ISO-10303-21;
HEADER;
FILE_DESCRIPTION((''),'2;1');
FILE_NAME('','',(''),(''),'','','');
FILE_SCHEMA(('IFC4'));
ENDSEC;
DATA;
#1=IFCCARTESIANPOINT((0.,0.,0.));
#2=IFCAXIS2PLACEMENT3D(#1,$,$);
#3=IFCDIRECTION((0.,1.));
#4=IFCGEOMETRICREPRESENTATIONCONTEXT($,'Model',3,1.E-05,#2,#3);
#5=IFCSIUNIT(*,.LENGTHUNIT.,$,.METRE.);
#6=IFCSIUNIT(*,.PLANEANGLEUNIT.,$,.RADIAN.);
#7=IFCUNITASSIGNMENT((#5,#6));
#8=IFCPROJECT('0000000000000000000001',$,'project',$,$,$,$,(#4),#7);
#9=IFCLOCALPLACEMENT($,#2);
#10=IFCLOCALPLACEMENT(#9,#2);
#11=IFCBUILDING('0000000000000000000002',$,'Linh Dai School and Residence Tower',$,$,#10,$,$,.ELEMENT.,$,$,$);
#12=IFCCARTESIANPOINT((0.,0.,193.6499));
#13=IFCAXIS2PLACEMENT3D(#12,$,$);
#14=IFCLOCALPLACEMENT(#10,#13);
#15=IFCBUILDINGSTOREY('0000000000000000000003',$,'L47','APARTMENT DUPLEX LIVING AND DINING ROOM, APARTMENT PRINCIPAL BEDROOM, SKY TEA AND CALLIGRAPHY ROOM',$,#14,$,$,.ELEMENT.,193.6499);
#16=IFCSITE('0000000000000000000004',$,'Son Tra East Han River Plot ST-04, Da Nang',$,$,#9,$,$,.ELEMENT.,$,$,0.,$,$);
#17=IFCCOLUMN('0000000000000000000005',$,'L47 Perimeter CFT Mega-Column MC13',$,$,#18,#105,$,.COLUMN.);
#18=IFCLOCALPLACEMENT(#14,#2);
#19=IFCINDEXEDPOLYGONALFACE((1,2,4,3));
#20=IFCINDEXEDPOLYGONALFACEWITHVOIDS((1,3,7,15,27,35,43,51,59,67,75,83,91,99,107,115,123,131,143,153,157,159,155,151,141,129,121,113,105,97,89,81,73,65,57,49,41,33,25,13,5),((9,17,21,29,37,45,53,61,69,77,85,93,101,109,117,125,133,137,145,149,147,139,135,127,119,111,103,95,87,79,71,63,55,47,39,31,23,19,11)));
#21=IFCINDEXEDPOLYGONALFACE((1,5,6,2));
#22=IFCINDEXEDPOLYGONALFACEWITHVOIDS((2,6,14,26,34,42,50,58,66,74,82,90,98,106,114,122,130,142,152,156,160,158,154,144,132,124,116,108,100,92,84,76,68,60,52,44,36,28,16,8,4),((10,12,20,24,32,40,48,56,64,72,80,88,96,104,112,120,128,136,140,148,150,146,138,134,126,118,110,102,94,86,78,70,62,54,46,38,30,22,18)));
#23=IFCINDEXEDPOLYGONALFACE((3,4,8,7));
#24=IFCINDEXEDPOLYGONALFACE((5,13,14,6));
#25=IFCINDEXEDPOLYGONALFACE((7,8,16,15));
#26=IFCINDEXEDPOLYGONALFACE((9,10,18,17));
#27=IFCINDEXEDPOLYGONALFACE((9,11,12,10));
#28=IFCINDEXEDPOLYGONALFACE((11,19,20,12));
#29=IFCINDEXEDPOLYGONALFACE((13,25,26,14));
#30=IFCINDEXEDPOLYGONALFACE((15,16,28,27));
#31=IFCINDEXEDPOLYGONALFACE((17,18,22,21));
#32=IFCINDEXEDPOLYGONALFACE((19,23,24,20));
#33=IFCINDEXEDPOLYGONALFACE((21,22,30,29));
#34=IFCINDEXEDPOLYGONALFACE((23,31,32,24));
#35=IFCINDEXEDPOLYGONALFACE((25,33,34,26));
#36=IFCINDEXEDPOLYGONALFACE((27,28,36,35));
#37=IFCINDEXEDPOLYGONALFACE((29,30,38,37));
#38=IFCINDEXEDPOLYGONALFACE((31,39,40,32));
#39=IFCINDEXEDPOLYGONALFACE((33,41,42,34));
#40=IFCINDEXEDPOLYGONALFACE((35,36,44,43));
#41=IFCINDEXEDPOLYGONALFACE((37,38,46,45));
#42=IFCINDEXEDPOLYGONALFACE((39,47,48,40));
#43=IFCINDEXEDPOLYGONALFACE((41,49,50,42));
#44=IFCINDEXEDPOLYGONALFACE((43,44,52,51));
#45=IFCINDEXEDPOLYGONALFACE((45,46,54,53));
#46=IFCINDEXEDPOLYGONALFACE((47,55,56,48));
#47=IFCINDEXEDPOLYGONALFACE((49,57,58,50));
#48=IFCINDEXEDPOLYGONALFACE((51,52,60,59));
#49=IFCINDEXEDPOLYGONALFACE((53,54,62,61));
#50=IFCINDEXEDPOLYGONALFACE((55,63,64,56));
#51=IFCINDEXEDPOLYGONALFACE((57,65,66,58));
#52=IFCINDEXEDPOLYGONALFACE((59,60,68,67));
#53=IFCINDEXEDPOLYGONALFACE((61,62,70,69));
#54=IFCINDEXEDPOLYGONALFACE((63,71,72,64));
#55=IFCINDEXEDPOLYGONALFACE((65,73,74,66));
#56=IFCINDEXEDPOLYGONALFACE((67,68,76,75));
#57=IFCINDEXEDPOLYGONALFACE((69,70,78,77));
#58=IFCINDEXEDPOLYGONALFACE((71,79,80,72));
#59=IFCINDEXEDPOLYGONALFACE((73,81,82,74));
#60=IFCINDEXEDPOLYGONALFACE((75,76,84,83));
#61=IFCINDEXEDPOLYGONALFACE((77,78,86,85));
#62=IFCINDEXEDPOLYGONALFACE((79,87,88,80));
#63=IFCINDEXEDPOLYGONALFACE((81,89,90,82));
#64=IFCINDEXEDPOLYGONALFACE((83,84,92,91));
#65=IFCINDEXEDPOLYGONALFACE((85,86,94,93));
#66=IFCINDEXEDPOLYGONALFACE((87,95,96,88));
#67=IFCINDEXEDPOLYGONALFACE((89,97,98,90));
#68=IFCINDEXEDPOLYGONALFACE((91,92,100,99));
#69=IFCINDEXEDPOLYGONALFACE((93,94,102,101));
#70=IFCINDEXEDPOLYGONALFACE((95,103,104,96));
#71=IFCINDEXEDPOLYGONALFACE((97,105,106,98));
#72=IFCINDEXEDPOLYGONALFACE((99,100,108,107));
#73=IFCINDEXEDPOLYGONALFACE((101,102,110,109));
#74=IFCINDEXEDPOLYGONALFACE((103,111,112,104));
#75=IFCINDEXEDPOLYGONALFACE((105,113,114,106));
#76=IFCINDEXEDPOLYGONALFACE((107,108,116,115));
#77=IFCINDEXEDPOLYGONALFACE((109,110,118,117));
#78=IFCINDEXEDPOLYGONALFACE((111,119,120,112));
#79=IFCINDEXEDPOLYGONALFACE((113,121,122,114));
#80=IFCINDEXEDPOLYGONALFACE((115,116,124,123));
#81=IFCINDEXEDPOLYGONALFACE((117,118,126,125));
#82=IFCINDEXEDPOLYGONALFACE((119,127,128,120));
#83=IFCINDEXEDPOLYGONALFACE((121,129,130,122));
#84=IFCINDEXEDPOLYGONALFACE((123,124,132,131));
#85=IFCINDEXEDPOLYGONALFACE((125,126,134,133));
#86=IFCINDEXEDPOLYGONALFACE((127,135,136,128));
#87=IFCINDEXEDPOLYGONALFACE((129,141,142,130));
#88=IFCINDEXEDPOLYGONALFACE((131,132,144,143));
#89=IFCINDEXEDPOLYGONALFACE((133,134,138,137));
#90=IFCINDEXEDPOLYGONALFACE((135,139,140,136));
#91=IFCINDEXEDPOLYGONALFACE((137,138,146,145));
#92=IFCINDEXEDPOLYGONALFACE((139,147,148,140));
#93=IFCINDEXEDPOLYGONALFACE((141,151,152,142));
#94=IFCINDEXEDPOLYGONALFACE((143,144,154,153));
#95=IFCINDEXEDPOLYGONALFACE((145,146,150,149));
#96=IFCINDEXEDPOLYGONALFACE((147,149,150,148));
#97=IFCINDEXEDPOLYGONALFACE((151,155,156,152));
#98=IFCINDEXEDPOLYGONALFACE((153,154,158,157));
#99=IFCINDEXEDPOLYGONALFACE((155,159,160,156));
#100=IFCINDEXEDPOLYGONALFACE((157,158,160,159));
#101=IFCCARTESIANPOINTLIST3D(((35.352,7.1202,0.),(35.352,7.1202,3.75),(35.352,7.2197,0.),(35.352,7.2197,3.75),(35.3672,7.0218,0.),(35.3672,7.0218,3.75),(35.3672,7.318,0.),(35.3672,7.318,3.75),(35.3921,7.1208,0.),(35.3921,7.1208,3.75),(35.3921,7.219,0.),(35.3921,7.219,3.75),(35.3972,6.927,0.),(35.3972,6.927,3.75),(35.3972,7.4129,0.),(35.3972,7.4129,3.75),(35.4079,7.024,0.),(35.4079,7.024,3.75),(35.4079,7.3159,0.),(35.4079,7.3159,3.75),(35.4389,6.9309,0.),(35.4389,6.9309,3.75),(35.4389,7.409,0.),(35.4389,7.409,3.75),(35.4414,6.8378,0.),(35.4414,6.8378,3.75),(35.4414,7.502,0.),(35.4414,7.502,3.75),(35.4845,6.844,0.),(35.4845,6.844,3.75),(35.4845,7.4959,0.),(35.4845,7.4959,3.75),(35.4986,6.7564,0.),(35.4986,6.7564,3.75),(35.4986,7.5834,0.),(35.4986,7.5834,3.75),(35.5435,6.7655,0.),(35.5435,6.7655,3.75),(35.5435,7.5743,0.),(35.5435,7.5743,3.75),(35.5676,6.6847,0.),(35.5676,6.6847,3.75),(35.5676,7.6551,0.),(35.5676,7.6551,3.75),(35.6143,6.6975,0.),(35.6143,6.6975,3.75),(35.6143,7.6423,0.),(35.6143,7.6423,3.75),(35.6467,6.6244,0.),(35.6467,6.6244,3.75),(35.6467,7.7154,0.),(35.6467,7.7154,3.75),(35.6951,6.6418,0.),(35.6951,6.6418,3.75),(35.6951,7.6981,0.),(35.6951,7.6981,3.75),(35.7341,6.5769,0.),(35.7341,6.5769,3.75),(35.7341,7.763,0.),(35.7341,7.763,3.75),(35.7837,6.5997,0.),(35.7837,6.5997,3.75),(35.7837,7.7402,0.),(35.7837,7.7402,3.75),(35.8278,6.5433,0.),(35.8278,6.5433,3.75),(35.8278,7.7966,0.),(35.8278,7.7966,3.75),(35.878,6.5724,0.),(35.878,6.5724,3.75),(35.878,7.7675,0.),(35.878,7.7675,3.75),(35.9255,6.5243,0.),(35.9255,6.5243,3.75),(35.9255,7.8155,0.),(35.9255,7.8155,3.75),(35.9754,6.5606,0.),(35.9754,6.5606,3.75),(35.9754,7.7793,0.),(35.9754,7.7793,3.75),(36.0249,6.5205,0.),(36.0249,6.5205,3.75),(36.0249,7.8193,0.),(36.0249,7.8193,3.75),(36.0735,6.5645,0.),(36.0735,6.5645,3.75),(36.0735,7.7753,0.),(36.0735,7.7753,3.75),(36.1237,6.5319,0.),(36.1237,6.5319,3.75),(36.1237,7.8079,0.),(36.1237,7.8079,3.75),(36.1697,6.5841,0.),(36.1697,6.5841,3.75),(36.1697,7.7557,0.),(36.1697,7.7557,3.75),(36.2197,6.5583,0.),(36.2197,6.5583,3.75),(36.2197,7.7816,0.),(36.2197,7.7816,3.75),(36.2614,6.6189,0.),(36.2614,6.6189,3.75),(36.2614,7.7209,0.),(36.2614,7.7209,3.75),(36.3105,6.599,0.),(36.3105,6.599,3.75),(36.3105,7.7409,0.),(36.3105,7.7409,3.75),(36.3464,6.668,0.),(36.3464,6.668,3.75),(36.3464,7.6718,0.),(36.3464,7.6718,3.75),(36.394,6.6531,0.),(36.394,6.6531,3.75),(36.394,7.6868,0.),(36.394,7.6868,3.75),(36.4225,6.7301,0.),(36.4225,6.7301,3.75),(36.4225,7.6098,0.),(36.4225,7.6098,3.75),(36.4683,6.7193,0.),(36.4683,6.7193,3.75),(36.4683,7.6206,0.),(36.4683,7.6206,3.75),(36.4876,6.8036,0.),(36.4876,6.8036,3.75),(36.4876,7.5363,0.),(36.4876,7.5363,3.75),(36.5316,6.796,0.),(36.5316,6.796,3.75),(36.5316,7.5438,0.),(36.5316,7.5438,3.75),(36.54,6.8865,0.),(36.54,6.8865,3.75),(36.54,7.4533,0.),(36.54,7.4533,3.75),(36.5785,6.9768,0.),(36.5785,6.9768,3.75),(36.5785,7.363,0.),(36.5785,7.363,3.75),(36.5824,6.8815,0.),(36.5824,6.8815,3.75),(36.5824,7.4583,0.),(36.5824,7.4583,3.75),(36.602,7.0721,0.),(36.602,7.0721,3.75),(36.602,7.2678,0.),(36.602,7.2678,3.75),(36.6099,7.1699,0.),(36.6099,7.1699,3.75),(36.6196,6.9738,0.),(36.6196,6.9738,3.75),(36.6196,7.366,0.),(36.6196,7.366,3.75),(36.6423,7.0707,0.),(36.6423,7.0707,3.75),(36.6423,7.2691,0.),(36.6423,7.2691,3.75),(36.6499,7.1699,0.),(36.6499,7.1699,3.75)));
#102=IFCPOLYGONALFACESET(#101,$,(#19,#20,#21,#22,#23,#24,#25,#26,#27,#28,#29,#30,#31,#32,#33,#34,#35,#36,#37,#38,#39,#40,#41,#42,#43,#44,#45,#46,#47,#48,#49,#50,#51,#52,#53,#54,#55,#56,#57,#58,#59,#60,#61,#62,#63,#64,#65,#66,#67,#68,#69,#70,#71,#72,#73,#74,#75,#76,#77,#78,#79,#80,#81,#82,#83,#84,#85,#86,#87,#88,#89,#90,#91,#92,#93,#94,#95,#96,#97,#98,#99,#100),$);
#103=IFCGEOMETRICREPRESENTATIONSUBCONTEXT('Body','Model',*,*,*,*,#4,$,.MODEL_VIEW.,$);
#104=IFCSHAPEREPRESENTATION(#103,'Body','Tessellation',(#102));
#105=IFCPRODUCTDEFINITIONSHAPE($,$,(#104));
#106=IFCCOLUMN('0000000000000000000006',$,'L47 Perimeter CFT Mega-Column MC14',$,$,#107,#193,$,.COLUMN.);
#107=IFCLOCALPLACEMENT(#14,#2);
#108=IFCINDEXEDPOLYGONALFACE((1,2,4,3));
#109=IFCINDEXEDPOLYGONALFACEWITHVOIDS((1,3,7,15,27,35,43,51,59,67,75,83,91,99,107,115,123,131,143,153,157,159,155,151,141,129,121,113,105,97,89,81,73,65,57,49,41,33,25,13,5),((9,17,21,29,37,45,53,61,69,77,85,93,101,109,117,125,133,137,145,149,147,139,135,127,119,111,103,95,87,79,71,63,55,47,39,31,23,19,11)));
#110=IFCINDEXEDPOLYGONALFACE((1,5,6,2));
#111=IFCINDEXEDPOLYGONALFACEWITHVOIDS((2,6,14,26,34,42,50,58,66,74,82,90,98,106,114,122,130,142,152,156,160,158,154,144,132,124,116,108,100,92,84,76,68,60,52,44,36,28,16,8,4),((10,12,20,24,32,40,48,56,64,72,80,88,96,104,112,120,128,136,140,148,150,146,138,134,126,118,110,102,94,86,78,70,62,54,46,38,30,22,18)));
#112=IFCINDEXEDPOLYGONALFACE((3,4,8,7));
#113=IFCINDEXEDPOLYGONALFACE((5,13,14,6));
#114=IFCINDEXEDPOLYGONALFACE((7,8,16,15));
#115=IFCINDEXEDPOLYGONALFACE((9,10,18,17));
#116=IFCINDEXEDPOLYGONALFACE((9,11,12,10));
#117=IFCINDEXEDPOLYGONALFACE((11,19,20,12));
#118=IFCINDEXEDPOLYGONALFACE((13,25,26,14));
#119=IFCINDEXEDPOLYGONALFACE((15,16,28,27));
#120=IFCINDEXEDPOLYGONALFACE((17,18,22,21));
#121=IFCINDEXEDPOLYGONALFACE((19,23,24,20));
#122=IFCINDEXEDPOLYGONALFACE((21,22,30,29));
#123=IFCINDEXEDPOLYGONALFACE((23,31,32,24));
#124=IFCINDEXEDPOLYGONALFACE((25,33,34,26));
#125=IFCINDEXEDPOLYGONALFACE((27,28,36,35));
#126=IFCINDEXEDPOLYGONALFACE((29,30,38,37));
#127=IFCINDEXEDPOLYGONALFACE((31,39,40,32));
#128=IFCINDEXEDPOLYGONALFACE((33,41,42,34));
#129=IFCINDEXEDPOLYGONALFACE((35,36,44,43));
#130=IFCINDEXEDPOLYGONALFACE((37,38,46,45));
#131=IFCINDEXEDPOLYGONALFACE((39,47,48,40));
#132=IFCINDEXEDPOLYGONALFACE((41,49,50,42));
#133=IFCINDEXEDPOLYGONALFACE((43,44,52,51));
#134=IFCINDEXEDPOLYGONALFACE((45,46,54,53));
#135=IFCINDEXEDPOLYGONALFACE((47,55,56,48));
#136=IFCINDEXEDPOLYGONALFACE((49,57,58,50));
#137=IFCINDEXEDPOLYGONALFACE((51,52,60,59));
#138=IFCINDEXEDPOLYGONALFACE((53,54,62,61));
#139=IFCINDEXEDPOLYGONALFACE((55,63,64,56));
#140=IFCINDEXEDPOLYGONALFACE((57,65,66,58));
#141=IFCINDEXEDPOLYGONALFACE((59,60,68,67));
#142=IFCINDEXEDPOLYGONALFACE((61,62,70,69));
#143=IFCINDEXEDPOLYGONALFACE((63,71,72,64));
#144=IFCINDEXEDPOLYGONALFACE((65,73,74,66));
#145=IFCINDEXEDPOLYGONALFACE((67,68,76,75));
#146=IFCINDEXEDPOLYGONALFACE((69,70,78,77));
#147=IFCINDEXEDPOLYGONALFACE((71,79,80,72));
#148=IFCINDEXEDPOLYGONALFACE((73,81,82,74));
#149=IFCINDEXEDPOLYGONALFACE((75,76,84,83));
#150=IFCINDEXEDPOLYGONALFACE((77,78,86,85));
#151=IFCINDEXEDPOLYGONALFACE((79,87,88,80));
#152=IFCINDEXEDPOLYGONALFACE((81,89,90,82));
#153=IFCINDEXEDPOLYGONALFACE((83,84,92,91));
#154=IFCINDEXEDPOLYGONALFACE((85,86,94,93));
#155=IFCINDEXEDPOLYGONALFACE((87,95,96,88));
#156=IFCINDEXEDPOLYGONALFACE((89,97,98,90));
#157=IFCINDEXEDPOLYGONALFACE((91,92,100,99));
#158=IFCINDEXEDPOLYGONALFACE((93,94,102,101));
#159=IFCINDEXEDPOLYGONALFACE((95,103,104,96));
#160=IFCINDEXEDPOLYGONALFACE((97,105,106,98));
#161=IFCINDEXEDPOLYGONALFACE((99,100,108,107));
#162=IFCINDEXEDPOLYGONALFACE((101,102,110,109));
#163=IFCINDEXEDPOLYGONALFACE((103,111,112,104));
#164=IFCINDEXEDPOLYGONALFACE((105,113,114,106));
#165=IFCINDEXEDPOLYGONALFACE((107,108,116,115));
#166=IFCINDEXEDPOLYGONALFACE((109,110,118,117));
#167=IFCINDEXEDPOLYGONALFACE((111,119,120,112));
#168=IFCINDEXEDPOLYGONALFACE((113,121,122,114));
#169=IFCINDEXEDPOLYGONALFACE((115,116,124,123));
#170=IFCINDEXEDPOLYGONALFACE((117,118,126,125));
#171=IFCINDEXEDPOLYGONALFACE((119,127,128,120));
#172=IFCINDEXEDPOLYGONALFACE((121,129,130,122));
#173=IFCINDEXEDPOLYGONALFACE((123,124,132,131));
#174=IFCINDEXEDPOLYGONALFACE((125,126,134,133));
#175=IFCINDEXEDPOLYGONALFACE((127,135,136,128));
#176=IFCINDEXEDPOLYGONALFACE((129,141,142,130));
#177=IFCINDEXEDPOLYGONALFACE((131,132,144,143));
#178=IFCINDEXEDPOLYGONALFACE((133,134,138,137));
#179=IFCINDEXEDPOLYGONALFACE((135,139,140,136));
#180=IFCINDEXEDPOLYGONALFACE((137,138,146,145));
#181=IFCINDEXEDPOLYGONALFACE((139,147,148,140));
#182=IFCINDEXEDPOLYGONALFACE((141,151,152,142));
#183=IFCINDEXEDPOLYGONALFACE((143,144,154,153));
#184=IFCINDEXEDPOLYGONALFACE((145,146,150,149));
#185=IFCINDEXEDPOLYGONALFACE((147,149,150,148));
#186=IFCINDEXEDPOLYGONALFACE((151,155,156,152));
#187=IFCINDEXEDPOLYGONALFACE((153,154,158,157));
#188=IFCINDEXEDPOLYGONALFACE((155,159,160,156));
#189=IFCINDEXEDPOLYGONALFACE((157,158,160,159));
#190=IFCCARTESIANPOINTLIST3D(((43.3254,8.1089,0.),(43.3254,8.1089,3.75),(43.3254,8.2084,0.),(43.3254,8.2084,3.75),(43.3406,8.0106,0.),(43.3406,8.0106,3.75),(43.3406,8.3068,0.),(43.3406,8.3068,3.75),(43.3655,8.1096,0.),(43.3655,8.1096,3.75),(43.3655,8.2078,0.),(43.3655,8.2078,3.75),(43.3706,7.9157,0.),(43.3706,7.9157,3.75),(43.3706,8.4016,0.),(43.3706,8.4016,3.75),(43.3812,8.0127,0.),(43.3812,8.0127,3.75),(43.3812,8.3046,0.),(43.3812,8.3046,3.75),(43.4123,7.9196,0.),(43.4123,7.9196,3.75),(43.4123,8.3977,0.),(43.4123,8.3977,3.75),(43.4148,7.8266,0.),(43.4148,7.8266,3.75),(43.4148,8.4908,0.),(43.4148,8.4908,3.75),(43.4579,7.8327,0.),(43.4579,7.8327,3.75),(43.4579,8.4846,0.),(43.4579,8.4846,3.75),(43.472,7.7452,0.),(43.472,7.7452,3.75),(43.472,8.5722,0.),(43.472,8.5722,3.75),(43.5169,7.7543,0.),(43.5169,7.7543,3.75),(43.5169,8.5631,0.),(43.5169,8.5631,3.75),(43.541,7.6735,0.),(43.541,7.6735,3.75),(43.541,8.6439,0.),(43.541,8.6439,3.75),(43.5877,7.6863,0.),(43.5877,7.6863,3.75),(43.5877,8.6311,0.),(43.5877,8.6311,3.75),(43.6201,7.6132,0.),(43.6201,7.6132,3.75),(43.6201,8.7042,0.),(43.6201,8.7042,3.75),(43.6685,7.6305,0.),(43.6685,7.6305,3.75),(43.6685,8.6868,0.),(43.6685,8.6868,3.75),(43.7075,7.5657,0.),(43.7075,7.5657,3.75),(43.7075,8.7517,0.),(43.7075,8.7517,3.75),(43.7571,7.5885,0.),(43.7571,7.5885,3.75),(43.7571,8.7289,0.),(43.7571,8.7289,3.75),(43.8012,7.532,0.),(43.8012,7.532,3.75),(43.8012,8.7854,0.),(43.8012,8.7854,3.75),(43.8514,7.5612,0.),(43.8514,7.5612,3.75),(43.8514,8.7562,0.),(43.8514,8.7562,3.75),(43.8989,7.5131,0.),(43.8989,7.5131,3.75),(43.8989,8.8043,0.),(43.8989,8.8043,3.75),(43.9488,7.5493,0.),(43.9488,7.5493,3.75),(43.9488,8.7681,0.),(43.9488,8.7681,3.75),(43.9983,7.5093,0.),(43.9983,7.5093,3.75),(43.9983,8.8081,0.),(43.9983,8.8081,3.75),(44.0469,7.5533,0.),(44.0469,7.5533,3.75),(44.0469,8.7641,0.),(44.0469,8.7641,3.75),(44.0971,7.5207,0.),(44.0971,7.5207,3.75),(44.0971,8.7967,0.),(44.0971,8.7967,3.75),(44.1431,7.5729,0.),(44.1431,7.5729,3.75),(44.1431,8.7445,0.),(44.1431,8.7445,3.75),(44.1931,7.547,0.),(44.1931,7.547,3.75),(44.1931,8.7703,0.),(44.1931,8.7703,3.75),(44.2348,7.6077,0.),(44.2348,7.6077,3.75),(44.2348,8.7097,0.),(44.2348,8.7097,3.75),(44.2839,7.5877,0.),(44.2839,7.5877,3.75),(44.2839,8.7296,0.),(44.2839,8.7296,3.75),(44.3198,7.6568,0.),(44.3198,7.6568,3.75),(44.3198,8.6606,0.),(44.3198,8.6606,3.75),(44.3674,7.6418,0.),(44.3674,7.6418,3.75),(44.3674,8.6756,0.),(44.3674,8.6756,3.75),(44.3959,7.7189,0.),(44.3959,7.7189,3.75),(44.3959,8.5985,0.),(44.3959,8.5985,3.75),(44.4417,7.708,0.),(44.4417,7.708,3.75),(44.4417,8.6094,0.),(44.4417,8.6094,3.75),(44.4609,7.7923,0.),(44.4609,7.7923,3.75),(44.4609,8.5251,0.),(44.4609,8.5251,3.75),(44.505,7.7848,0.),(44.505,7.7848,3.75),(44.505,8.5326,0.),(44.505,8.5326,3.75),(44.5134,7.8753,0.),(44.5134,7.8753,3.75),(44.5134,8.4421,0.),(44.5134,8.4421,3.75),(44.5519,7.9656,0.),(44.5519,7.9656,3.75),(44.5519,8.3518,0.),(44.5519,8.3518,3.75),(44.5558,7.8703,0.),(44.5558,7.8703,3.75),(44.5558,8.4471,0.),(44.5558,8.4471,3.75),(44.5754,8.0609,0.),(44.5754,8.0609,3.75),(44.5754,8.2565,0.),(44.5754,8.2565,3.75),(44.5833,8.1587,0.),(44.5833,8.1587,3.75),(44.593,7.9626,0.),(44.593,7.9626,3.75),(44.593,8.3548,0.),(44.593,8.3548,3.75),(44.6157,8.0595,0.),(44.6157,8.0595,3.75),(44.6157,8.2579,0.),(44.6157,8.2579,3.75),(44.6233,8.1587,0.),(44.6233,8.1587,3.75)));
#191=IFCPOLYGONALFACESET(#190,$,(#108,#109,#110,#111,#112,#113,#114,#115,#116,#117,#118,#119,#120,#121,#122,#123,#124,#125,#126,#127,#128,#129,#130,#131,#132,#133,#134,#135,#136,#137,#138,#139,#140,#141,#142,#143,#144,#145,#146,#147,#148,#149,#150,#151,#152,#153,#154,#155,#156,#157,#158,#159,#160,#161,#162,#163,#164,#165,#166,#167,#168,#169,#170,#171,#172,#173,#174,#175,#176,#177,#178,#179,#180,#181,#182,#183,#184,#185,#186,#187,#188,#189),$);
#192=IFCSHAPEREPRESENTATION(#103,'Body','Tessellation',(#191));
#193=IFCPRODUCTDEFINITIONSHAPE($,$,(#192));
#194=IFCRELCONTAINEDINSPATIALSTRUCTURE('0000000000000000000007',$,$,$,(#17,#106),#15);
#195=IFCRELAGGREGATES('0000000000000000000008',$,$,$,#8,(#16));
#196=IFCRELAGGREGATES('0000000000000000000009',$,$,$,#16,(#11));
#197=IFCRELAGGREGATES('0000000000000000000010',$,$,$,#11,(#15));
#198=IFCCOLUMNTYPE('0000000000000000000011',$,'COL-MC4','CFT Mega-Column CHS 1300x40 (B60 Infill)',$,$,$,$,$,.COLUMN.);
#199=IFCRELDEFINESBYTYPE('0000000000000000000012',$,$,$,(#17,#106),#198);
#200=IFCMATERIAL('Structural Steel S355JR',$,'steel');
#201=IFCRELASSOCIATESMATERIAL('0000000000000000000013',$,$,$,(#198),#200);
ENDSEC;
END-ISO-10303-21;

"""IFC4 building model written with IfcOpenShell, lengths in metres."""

from ifc_helpers import new_model, si_unit, direction, frame, origin, origin_2d, place, context, subcontext, project, spatial, hollow_circle, extrude, material, material_profile, profile_set, type_object, element, save


model = new_model("IFC4")

# Units and contexts
model_context = context("Model", 3, precision=1e-05, world=origin(), true_north=direction((0.0, 1.0)))
body_context = subcontext(model_context, "Body", "Model", "MODEL_VIEW")
ifc_project = project(units=[si_unit("LENGTHUNIT", "METRE"), si_unit("PLANEANGLEUNIT", "RADIAN")], contexts=[model_context])

# Site, building, storey
site_placement = place(None, origin())
site = spatial("IfcSite", under=ifc_project, at=site_placement, Name="Son Tra East Han River Plot ST-04, Da Nang", CompositionType="ELEMENT", RefElevation=0.0)
building_placement = place(site_placement, origin())
building = spatial("IfcBuilding", under=site, at=building_placement, Name="Linh Dai School and Residence Tower", CompositionType="ELEMENT")
storey_placement = place(building_placement, frame((0.0, 0.0, 193.6499)))
storey = spatial("IfcBuildingStorey", under=building, at=storey_placement, Name="L47", Description="APARTMENT DUPLEX LIVING AND DINING ROOM, APARTMENT PRINCIPAL BEDROOM, SKY TEA AND CALLIGRAPHY ROOM", CompositionType="ELEMENT", Elevation=193.6499)

# Columns
ifc_material_1 = material(Name="Structural Steel S355JR", Category="steel")
ifc_material_profile_1 = material_profile(ifc_material_1, hollow_circle(Radius=0.6499, WallThickness=0.04, at=origin_2d()), Name="CHS 1300x40")
ifc_profile_set_1 = profile_set([ifc_material_profile_1], Name="Structural Steel S355JR")
column_type = type_object("IfcColumnType", Name="COL-MC4", Description="CFT Mega-Column CHS 1300x40 (B60 Infill)", PredefinedType="COLUMN", material=ifc_profile_set_1)
for number, where, z_axis, x_axis, name in (
    (1, (36.0, 7.1699, 0.0), (0.0, 0.0, 1.0), (1.0, 0.0, 0.0), "L47 Perimeter CFT Mega-Column MC13"),
    (2, (43.9734, 8.1587, 0.0), (0.0, 0.0, 1.0), (1.0, 0.0, 0.0), "L47 Perimeter CFT Mega-Column MC14"),
):
    element("IfcColumn", number, at=place(storey_placement, frame(where, z_axis=z_axis, x_axis=x_axis)), inside=storey, type_object=column_type, Name=name, PredefinedType="COLUMN", context=body_context, shape_type="SweptSolid", body=[
        extrude(hollow_circle(Radius=0.6499, WallThickness=0.04, at=origin_2d()), origin(), (0.0, 0.0, 1.0), 3.75),
    ])

save(model, "model.ifc")
